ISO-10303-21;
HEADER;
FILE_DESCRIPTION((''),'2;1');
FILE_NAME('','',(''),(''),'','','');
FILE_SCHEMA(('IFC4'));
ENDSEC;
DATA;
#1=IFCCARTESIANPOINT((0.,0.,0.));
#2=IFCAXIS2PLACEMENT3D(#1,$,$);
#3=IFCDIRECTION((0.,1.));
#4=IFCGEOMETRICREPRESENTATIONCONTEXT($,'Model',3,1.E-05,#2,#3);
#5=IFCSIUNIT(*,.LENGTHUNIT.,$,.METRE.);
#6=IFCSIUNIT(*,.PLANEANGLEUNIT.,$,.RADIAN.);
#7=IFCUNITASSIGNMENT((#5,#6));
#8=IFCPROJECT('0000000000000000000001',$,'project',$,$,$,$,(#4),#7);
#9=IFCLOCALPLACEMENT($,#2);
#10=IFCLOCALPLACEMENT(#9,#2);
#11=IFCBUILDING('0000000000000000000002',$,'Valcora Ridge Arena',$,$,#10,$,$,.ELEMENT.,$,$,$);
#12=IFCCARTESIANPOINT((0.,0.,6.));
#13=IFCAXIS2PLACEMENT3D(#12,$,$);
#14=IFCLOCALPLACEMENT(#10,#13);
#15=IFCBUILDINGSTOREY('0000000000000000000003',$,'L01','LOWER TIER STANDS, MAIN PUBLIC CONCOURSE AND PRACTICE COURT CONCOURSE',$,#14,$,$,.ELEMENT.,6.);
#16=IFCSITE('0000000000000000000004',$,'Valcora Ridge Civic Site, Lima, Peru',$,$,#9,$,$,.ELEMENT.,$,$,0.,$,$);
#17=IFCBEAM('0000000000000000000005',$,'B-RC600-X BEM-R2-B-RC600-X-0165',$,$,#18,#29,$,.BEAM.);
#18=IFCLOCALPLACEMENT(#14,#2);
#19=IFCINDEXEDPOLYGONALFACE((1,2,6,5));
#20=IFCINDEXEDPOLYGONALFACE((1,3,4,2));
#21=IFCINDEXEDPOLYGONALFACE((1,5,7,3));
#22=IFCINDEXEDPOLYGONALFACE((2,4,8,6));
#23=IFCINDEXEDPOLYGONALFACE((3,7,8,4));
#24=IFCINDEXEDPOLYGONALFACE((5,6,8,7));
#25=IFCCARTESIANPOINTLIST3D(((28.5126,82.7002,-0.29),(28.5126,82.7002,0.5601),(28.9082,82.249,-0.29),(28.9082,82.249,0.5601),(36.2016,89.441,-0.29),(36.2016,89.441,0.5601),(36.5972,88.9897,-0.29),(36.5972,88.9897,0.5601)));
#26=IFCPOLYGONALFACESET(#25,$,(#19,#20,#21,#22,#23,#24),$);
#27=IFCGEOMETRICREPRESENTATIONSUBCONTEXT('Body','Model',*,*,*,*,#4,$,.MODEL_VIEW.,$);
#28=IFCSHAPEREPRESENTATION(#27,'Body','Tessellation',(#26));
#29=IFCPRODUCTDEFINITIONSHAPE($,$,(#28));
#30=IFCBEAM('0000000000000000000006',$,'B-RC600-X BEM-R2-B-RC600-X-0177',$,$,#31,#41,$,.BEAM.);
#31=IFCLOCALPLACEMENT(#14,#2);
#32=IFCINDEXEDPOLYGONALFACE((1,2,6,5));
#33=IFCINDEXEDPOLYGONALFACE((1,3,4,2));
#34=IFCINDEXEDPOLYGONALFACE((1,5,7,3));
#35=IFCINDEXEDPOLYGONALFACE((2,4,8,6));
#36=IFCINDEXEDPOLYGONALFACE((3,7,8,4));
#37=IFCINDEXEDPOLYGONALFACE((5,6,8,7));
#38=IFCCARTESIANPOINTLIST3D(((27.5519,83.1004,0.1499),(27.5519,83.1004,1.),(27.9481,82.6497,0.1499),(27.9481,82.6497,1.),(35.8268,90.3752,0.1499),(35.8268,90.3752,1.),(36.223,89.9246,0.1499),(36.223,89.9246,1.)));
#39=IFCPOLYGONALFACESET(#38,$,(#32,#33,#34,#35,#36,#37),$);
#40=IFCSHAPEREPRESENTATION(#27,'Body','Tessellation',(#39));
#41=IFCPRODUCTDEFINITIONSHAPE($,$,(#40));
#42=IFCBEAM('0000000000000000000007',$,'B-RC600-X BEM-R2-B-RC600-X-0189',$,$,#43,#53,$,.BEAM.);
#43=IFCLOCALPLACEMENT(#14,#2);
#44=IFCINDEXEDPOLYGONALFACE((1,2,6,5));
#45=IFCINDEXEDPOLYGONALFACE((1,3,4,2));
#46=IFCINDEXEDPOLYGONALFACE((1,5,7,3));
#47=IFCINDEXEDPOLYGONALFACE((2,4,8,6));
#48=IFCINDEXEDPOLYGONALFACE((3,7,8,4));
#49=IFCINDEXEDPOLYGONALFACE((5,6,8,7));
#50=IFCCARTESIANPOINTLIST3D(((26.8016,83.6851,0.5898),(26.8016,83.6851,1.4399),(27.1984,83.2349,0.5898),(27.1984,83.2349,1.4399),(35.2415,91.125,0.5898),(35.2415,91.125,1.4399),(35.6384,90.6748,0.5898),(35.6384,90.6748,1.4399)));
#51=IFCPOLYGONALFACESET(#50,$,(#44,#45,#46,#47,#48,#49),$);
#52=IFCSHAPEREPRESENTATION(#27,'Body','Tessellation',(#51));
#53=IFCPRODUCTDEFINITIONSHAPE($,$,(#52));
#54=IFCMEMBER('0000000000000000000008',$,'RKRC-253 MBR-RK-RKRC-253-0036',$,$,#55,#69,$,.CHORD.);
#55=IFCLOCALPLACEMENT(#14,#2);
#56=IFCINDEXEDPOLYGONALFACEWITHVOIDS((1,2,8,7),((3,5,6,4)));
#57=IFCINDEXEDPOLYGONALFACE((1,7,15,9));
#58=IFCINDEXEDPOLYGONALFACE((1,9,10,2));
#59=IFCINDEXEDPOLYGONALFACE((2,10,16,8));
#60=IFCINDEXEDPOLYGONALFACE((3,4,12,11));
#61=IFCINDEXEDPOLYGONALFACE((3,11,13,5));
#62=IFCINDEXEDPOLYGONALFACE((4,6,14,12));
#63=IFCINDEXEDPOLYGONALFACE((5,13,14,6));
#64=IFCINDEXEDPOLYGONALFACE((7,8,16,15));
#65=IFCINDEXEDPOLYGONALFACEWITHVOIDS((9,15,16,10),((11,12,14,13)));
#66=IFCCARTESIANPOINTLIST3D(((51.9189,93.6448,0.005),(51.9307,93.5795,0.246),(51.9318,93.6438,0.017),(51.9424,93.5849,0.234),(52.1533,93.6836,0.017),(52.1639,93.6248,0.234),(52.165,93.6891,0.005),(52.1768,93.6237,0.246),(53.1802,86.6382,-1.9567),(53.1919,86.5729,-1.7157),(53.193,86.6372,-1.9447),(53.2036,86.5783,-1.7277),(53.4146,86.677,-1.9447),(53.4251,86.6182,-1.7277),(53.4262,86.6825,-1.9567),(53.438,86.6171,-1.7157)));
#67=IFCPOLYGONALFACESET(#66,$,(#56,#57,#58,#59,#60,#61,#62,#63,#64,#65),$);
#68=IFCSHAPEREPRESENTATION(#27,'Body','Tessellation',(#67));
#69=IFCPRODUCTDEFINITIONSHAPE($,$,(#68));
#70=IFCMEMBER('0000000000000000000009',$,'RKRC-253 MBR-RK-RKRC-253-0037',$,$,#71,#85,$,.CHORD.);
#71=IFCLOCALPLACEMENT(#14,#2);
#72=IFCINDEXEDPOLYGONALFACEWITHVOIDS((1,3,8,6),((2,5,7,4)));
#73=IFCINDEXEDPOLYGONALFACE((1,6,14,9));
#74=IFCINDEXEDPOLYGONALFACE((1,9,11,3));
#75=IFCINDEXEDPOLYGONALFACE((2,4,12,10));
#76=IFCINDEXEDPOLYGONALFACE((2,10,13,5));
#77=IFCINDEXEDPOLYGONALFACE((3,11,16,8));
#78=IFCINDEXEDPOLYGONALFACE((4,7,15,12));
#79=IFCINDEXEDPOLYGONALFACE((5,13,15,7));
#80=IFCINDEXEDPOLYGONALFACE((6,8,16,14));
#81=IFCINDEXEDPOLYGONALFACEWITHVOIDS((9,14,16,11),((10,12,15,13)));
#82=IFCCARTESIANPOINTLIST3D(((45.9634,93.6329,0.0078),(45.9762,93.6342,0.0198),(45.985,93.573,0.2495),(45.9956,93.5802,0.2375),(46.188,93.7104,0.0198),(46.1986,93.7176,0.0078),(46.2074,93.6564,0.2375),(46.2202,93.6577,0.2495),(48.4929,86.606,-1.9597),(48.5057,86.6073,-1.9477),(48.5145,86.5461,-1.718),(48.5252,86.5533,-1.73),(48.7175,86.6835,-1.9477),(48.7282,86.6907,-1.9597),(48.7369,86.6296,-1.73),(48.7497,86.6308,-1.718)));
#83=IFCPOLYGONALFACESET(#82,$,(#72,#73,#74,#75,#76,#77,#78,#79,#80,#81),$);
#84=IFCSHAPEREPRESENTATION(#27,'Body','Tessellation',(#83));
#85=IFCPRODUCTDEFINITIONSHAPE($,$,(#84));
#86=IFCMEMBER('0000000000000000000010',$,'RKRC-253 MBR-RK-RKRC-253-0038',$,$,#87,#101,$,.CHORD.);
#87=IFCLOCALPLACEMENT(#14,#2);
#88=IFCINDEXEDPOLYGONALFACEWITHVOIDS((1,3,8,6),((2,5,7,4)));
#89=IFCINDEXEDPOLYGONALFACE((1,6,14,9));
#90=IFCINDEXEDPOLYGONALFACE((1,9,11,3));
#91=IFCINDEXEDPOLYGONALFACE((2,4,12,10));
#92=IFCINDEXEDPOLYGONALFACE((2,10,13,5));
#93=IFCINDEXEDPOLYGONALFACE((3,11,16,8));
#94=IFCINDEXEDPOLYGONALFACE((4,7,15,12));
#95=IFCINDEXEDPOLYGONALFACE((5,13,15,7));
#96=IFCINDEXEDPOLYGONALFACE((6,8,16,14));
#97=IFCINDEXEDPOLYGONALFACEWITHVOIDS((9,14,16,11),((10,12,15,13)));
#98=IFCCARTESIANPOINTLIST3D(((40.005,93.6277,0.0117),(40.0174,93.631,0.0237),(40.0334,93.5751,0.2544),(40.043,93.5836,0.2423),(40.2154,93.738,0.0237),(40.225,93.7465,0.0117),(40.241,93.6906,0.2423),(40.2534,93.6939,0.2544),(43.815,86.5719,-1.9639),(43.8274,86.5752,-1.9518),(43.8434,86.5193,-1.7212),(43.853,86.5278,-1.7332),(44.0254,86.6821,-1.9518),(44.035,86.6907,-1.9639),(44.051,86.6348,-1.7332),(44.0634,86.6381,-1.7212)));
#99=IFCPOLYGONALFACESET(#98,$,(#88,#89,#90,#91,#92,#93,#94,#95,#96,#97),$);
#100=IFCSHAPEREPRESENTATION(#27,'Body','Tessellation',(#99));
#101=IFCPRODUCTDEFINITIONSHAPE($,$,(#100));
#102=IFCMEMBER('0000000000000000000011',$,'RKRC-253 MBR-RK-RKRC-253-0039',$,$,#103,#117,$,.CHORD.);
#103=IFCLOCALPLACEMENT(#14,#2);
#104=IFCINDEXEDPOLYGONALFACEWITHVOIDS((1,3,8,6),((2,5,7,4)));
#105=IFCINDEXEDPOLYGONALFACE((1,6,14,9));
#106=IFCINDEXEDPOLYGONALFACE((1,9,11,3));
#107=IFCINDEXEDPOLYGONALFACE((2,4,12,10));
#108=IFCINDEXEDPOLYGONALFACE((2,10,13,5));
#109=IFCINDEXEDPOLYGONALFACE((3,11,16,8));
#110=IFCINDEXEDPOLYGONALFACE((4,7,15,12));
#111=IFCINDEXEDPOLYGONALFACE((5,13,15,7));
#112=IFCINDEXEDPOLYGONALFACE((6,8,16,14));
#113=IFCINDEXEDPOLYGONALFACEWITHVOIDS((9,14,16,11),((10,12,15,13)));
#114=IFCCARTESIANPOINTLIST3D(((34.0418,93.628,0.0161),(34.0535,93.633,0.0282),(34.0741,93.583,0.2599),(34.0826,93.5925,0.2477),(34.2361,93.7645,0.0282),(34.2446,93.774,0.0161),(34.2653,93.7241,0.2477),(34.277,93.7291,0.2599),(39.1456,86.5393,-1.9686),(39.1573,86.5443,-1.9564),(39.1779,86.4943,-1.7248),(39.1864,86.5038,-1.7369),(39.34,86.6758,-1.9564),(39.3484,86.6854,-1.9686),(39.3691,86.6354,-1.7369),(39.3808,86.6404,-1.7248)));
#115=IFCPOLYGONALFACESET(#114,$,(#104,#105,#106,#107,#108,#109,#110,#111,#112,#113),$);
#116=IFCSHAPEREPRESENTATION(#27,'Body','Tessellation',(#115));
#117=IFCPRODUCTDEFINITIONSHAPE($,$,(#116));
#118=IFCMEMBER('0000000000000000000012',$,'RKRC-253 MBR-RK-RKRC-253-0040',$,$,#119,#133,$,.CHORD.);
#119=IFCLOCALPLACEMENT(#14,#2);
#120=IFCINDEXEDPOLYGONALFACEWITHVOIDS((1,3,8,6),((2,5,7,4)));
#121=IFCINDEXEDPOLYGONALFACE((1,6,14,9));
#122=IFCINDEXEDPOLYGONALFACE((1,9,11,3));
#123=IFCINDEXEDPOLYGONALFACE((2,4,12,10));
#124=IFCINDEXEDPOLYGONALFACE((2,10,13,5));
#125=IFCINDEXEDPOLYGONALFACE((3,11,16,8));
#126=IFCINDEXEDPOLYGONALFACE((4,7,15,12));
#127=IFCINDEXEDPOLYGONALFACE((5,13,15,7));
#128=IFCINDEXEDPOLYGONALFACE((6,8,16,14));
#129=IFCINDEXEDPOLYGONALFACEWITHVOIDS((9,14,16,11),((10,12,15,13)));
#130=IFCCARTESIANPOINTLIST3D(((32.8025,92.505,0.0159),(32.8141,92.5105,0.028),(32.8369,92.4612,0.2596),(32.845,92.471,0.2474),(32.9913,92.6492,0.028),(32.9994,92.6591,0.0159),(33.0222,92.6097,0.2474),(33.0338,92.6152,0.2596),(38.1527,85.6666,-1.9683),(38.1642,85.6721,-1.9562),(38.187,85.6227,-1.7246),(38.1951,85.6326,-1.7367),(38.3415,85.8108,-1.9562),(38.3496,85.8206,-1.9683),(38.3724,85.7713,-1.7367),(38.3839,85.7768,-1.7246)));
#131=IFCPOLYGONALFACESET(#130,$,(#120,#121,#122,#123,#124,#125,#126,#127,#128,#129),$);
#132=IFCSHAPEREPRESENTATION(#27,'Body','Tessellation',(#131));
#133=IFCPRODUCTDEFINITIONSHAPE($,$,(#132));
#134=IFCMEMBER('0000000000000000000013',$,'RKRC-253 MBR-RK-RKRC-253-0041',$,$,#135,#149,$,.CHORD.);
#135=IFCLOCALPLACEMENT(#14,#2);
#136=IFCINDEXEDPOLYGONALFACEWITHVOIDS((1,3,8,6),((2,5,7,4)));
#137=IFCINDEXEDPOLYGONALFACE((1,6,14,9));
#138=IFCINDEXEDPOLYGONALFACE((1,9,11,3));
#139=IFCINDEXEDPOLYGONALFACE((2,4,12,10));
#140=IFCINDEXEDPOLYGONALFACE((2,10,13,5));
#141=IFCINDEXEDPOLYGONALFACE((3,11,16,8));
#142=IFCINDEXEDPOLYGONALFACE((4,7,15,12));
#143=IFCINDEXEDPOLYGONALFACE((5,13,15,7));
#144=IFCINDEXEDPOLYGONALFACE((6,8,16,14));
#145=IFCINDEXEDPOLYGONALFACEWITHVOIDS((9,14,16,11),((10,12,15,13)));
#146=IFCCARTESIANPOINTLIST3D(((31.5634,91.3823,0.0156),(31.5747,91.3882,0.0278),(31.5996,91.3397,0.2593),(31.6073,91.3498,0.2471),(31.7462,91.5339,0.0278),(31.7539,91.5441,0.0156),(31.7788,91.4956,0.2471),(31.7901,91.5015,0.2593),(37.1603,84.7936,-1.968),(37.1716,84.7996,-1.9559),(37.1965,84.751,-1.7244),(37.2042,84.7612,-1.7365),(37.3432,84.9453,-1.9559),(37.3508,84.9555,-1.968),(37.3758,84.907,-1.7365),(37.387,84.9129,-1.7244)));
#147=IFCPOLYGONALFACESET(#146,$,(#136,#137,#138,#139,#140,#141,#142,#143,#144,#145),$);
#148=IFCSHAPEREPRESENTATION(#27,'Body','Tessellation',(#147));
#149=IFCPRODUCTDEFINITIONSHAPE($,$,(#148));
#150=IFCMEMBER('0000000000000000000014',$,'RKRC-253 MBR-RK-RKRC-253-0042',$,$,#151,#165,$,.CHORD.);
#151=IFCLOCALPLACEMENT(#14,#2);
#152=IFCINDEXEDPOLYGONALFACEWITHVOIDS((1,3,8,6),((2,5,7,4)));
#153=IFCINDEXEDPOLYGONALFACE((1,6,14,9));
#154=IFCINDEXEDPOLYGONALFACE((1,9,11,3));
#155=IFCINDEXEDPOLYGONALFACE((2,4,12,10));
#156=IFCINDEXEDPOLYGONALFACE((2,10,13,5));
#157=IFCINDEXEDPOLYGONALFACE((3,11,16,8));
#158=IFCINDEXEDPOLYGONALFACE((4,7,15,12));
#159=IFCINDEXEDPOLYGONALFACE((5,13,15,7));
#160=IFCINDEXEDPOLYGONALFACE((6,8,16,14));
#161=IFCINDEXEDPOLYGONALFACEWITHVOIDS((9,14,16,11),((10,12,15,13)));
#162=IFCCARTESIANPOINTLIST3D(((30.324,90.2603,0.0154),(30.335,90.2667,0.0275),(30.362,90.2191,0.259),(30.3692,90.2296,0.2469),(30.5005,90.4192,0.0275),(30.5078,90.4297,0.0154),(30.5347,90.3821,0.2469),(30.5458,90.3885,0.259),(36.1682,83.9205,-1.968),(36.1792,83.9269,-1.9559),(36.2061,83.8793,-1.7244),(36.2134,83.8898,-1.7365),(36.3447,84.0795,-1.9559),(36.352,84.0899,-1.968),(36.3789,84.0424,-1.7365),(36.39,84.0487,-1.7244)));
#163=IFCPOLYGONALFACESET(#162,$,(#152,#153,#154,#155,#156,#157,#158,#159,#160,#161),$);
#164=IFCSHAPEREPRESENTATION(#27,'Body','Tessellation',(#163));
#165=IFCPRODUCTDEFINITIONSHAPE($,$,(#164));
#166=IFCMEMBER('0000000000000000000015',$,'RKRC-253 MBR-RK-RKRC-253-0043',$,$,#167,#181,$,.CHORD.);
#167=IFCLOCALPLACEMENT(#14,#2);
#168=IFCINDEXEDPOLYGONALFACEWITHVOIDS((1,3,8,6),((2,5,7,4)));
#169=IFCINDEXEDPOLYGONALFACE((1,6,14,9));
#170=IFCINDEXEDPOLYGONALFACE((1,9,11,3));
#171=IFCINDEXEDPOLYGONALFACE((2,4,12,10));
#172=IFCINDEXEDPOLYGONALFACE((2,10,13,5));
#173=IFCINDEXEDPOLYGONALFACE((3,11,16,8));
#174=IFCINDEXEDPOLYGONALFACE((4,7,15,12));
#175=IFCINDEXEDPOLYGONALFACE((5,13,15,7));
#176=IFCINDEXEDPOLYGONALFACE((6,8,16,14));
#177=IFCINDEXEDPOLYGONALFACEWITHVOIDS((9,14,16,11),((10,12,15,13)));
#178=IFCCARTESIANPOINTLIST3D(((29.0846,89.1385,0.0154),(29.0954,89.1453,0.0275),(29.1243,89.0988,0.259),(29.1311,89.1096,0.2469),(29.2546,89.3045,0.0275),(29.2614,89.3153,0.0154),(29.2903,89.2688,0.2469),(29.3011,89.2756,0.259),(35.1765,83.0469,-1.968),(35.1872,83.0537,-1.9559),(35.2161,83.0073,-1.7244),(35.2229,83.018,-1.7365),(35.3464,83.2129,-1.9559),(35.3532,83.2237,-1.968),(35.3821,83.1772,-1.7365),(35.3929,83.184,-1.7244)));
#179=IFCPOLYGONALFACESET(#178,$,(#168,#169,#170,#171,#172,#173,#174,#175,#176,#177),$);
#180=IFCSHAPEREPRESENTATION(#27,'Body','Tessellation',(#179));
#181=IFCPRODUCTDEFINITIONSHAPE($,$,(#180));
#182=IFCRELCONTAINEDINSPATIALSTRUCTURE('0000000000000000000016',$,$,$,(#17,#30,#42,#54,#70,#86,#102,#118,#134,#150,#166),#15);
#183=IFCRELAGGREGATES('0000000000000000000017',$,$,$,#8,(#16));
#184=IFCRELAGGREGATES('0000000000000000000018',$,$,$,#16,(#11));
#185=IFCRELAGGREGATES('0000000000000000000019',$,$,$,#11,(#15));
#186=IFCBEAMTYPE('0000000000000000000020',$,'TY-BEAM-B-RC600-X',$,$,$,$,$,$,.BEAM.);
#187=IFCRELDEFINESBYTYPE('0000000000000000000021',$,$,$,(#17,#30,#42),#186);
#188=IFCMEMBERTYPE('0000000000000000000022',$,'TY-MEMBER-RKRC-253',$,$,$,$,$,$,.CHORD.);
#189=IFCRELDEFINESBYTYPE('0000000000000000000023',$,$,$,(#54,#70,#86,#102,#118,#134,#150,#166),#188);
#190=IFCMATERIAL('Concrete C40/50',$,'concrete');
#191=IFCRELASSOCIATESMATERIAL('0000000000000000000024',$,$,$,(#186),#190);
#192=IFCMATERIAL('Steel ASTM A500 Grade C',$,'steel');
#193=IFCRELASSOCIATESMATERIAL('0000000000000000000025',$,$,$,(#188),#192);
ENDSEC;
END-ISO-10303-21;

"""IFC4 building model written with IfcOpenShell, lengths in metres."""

from ifc_helpers import new_model, si_unit, direction, frame, origin, origin_2d, place, context, subcontext, project, spatial, rectangle, hollow_rectangle, extrude, material, material_profile, profile_set, type_object, element, save


model = new_model("IFC4")

# Units and contexts
model_context = context("Model", 3, precision=1e-05, world=origin(), true_north=direction((0.0, 1.0)))
body_context = subcontext(model_context, "Body", "Model", "MODEL_VIEW")
ifc_project = project(units=[si_unit("LENGTHUNIT", "METRE"), si_unit("PLANEANGLEUNIT", "RADIAN")], contexts=[model_context])

# Site, building, storey
site_placement = place(None, origin())
site = spatial("IfcSite", under=ifc_project, at=site_placement, Name="Valcora Ridge Civic Site, Lima, Peru", CompositionType="ELEMENT", RefElevation=0.0)
building_placement = place(site_placement, origin())
building = spatial("IfcBuilding", under=site, at=building_placement, Name="Valcora Ridge Arena", CompositionType="ELEMENT")
storey_placement = place(building_placement, frame((0.0, 0.0, 6.0)))
storey = spatial("IfcBuildingStorey", under=building, at=storey_placement, Name="L01", Description="LOWER TIER STANDS, MAIN PUBLIC CONCOURSE AND PRACTICE COURT CONCOURSE", CompositionType="ELEMENT", Elevation=6.0)

# Beams
ifc_material_1 = material(Name="Concrete C40/50", Category="concrete")
ifc_material_profile_1 = material_profile(ifc_material_1, rectangle(XDim=0.6001, YDim=0.8501, at=origin_2d()), Name="RC 600x850")
ifc_profile_set_1 = profile_set([ifc_material_profile_1], Name="Concrete C40/50")
beam_type = type_object("IfcBeamType", Name="TY-BEAM-B-RC600-X", PredefinedType="BEAM", material=ifc_profile_set_1)
beam_1_placement = place(storey_placement, frame((36.3994, 89.2153, 0.135), z_axis=(-0.751952, -0.659218, 0.0), x_axis=(0.659218, -0.751952, 0.0)))
element("IfcBeam", 1, at=beam_1_placement, inside=storey, type_object=beam_type, Name="B-RC600-X BEM-R2-B-RC600-X-0165", PredefinedType="BEAM", context=body_context, shape_type="SweptSolid", body=[
    extrude(rectangle(XDim=0.6001, YDim=0.8501, at=origin_2d()), origin(), (0.0, 0.0, 1.0), 10.2253),
])
beam_2_placement = place(storey_placement, frame((36.0249, 90.1499, 0.575), z_axis=(-0.751029, -0.660269, 0.0), x_axis=(0.660269, -0.751029, 0.0)))
element("IfcBeam", 2, at=beam_2_placement, inside=storey, type_object=beam_type, Name="B-RC600-X BEM-R2-B-RC600-X-0177", PredefinedType="BEAM", context=body_context, shape_type="SweptSolid", body=[
    extrude(rectangle(XDim=0.6001, YDim=0.8501, at=origin_2d()), origin(), (0.0, 0.0, 1.0), 11.0181),
])
beam_3_placement = place(storey_placement, frame((35.4399, 90.8999, 1.0149), z_axis=(-0.750149, -0.661268, 0.0), x_axis=(0.661268, -0.750149, 0.0)))
element("IfcBeam", 3, at=beam_3_placement, inside=storey, type_object=beam_type, Name="B-RC600-X BEM-R2-B-RC600-X-0189", PredefinedType="BEAM", context=body_context, shape_type="SweptSolid", body=[
    extrude(rectangle(XDim=0.6001, YDim=0.8501, at=origin_2d()), origin(), (0.0, 0.0, 1.0), 11.251),
])

# Members
ifc_material_2 = material(Name="Steel ASTM A500 Grade C", Category="steel")
ifc_material_profile_2 = material_profile(ifc_material_2, hollow_rectangle(XDim=0.25, YDim=0.25, WallThickness=0.0125, at=origin_2d()), Name="HSS250X250X12")
ifc_profile_set_2 = profile_set([ifc_material_profile_2], Name="Steel ASTM A500 Grade C")
member_type_1 = type_object("IfcMemberType", Name="TY-MEMBER-RKRC-253", PredefinedType="CHORD", material=ifc_profile_set_2)
member_1_placement = place(storey_placement, frame((53.3091, 86.6277, -1.8362), z_axis=(-0.170794, 0.948821, 0.265646), x_axis=(-0.984182, -0.177159, 0.0)))
element("IfcMember", 4, at=member_1_placement, inside=storey, type_object=member_type_1, Name="RKRC-253 MBR-RK-RKRC-253-0036", PredefinedType="CHORD", context=body_context, shape_type="SweptSolid", body=[
    extrude(hollow_rectangle(XDim=0.25, YDim=0.25, WallThickness=0.0125, at=origin_2d()), origin(), (0.0, 0.0, 1.0), 7.3845),
])
member_2_placement = place(storey_placement, frame((48.6213, 86.6184, -1.8389), z_axis=(-0.327529, 0.909848, 0.254759), x_axis=(-0.940893, -0.338704, 0.0)))
element("IfcMember", 5, at=member_2_placement, inside=storey, type_object=member_type_1, Name="RKRC-253 MBR-RK-RKRC-253-0037", PredefinedType="CHORD", context=body_context, shape_type="SweptSolid", body=[
    extrude(hollow_rectangle(XDim=0.25, YDim=0.25, WallThickness=0.0125, at=origin_2d()), origin(), (0.0, 0.0, 1.0), 7.7231),
])
member_3_placement = place(storey_placement, frame((43.9392, 86.605, -1.8425), z_axis=(-0.461341, 0.854366, 0.239214), x_axis=(-0.879912, -0.475136, 0.0)))
element("IfcMember", 6, at=member_3_placement, inside=storey, type_object=member_type_1, Name="RKRC-253 MBR-RK-RKRC-253-0038", PredefinedType="CHORD", context=body_context, shape_type="SweptSolid", body=[
    extrude(hollow_rectangle(XDim=0.25, YDim=0.25, WallThickness=0.0125, at=origin_2d()), origin(), (0.0, 0.0, 1.0), 8.2585),
])
member_4_placement = place(storey_placement, frame((39.2632, 86.5898, -1.8467), z_axis=(-0.569779, 0.791367, 0.221561), x_axis=(-0.811537, -0.584301, 0.0)))
element("IfcMember", 7, at=member_4_placement, inside=storey, type_object=member_type_1, Name="RKRC-253 MBR-RK-RKRC-253-0039", PredefinedType="CHORD", context=body_context, shape_type="SweptSolid", body=[
    extrude(hollow_rectangle(XDim=0.25, YDim=0.25, WallThickness=0.0125, at=origin_2d()), origin(), (0.0, 0.0, 1.0), 8.9575),
])
member_5_placement = place(storey_placement, frame((38.2683, 85.7217, -1.8464), z_axis=(-0.600703, 0.767806, 0.222776), x_axis=(-0.787599, -0.616188, 0.0)))
element("IfcMember", 8, at=member_5_placement, inside=storey, type_object=member_type_1, Name="RKRC-253 MBR-RK-RKRC-253-0040", PredefinedType="CHORD", context=body_context, shape_type="SweptSolid", body=[
    extrude(hollow_rectangle(XDim=0.25, YDim=0.25, WallThickness=0.0125, at=origin_2d()), origin(), (0.0, 0.0, 1.0), 8.9065),
])
member_6_placement = place(storey_placement, frame((37.2737, 84.8533, -1.8462), z_axis=(-0.631021, 0.742829, 0.223644), x_axis=(-0.762134, -0.64742, 0.0)))
element("IfcMember", 9, at=member_6_placement, inside=storey, type_object=member_type_1, Name="RKRC-253 MBR-RK-RKRC-253-0041", PredefinedType="CHORD", context=body_context, shape_type="SweptSolid", body=[
    extrude(hollow_rectangle(XDim=0.25, YDim=0.25, WallThickness=0.0125, at=origin_2d()), origin(), (0.0, 0.0, 1.0), 8.8696),
])
member_7_placement = place(storey_placement, frame((36.2791, 83.9846, -1.8462), z_axis=(-0.660534, 0.716549, 0.22417), x_axis=(-0.735261, -0.677784, 0.0)))
element("IfcMember", 10, at=member_7_placement, inside=storey, type_object=member_type_1, Name="RKRC-253 MBR-RK-RKRC-253-0042", PredefinedType="CHORD", context=body_context, shape_type="SweptSolid", body=[
    extrude(hollow_rectangle(XDim=0.25, YDim=0.25, WallThickness=0.0125, at=origin_2d()), origin(), (0.0, 0.0, 1.0), 8.8477),
])
member_8_placement = place(storey_placement, frame((35.2847, 83.1155, -1.8462), z_axis=(-0.689094, 0.689066, 0.224359), x_axis=(-0.707093, -0.707121, 0.0)))
element("IfcMember", 11, at=member_8_placement, inside=storey, type_object=member_type_1, Name="RKRC-253 MBR-RK-RKRC-253-0043", PredefinedType="CHORD", context=body_context, shape_type="SweptSolid", body=[
    extrude(hollow_rectangle(XDim=0.25, YDim=0.25, WallThickness=0.0125, at=origin_2d()), origin(), (0.0, 0.0, 1.0), 8.8403),
])

save(model, "model.ifc")
